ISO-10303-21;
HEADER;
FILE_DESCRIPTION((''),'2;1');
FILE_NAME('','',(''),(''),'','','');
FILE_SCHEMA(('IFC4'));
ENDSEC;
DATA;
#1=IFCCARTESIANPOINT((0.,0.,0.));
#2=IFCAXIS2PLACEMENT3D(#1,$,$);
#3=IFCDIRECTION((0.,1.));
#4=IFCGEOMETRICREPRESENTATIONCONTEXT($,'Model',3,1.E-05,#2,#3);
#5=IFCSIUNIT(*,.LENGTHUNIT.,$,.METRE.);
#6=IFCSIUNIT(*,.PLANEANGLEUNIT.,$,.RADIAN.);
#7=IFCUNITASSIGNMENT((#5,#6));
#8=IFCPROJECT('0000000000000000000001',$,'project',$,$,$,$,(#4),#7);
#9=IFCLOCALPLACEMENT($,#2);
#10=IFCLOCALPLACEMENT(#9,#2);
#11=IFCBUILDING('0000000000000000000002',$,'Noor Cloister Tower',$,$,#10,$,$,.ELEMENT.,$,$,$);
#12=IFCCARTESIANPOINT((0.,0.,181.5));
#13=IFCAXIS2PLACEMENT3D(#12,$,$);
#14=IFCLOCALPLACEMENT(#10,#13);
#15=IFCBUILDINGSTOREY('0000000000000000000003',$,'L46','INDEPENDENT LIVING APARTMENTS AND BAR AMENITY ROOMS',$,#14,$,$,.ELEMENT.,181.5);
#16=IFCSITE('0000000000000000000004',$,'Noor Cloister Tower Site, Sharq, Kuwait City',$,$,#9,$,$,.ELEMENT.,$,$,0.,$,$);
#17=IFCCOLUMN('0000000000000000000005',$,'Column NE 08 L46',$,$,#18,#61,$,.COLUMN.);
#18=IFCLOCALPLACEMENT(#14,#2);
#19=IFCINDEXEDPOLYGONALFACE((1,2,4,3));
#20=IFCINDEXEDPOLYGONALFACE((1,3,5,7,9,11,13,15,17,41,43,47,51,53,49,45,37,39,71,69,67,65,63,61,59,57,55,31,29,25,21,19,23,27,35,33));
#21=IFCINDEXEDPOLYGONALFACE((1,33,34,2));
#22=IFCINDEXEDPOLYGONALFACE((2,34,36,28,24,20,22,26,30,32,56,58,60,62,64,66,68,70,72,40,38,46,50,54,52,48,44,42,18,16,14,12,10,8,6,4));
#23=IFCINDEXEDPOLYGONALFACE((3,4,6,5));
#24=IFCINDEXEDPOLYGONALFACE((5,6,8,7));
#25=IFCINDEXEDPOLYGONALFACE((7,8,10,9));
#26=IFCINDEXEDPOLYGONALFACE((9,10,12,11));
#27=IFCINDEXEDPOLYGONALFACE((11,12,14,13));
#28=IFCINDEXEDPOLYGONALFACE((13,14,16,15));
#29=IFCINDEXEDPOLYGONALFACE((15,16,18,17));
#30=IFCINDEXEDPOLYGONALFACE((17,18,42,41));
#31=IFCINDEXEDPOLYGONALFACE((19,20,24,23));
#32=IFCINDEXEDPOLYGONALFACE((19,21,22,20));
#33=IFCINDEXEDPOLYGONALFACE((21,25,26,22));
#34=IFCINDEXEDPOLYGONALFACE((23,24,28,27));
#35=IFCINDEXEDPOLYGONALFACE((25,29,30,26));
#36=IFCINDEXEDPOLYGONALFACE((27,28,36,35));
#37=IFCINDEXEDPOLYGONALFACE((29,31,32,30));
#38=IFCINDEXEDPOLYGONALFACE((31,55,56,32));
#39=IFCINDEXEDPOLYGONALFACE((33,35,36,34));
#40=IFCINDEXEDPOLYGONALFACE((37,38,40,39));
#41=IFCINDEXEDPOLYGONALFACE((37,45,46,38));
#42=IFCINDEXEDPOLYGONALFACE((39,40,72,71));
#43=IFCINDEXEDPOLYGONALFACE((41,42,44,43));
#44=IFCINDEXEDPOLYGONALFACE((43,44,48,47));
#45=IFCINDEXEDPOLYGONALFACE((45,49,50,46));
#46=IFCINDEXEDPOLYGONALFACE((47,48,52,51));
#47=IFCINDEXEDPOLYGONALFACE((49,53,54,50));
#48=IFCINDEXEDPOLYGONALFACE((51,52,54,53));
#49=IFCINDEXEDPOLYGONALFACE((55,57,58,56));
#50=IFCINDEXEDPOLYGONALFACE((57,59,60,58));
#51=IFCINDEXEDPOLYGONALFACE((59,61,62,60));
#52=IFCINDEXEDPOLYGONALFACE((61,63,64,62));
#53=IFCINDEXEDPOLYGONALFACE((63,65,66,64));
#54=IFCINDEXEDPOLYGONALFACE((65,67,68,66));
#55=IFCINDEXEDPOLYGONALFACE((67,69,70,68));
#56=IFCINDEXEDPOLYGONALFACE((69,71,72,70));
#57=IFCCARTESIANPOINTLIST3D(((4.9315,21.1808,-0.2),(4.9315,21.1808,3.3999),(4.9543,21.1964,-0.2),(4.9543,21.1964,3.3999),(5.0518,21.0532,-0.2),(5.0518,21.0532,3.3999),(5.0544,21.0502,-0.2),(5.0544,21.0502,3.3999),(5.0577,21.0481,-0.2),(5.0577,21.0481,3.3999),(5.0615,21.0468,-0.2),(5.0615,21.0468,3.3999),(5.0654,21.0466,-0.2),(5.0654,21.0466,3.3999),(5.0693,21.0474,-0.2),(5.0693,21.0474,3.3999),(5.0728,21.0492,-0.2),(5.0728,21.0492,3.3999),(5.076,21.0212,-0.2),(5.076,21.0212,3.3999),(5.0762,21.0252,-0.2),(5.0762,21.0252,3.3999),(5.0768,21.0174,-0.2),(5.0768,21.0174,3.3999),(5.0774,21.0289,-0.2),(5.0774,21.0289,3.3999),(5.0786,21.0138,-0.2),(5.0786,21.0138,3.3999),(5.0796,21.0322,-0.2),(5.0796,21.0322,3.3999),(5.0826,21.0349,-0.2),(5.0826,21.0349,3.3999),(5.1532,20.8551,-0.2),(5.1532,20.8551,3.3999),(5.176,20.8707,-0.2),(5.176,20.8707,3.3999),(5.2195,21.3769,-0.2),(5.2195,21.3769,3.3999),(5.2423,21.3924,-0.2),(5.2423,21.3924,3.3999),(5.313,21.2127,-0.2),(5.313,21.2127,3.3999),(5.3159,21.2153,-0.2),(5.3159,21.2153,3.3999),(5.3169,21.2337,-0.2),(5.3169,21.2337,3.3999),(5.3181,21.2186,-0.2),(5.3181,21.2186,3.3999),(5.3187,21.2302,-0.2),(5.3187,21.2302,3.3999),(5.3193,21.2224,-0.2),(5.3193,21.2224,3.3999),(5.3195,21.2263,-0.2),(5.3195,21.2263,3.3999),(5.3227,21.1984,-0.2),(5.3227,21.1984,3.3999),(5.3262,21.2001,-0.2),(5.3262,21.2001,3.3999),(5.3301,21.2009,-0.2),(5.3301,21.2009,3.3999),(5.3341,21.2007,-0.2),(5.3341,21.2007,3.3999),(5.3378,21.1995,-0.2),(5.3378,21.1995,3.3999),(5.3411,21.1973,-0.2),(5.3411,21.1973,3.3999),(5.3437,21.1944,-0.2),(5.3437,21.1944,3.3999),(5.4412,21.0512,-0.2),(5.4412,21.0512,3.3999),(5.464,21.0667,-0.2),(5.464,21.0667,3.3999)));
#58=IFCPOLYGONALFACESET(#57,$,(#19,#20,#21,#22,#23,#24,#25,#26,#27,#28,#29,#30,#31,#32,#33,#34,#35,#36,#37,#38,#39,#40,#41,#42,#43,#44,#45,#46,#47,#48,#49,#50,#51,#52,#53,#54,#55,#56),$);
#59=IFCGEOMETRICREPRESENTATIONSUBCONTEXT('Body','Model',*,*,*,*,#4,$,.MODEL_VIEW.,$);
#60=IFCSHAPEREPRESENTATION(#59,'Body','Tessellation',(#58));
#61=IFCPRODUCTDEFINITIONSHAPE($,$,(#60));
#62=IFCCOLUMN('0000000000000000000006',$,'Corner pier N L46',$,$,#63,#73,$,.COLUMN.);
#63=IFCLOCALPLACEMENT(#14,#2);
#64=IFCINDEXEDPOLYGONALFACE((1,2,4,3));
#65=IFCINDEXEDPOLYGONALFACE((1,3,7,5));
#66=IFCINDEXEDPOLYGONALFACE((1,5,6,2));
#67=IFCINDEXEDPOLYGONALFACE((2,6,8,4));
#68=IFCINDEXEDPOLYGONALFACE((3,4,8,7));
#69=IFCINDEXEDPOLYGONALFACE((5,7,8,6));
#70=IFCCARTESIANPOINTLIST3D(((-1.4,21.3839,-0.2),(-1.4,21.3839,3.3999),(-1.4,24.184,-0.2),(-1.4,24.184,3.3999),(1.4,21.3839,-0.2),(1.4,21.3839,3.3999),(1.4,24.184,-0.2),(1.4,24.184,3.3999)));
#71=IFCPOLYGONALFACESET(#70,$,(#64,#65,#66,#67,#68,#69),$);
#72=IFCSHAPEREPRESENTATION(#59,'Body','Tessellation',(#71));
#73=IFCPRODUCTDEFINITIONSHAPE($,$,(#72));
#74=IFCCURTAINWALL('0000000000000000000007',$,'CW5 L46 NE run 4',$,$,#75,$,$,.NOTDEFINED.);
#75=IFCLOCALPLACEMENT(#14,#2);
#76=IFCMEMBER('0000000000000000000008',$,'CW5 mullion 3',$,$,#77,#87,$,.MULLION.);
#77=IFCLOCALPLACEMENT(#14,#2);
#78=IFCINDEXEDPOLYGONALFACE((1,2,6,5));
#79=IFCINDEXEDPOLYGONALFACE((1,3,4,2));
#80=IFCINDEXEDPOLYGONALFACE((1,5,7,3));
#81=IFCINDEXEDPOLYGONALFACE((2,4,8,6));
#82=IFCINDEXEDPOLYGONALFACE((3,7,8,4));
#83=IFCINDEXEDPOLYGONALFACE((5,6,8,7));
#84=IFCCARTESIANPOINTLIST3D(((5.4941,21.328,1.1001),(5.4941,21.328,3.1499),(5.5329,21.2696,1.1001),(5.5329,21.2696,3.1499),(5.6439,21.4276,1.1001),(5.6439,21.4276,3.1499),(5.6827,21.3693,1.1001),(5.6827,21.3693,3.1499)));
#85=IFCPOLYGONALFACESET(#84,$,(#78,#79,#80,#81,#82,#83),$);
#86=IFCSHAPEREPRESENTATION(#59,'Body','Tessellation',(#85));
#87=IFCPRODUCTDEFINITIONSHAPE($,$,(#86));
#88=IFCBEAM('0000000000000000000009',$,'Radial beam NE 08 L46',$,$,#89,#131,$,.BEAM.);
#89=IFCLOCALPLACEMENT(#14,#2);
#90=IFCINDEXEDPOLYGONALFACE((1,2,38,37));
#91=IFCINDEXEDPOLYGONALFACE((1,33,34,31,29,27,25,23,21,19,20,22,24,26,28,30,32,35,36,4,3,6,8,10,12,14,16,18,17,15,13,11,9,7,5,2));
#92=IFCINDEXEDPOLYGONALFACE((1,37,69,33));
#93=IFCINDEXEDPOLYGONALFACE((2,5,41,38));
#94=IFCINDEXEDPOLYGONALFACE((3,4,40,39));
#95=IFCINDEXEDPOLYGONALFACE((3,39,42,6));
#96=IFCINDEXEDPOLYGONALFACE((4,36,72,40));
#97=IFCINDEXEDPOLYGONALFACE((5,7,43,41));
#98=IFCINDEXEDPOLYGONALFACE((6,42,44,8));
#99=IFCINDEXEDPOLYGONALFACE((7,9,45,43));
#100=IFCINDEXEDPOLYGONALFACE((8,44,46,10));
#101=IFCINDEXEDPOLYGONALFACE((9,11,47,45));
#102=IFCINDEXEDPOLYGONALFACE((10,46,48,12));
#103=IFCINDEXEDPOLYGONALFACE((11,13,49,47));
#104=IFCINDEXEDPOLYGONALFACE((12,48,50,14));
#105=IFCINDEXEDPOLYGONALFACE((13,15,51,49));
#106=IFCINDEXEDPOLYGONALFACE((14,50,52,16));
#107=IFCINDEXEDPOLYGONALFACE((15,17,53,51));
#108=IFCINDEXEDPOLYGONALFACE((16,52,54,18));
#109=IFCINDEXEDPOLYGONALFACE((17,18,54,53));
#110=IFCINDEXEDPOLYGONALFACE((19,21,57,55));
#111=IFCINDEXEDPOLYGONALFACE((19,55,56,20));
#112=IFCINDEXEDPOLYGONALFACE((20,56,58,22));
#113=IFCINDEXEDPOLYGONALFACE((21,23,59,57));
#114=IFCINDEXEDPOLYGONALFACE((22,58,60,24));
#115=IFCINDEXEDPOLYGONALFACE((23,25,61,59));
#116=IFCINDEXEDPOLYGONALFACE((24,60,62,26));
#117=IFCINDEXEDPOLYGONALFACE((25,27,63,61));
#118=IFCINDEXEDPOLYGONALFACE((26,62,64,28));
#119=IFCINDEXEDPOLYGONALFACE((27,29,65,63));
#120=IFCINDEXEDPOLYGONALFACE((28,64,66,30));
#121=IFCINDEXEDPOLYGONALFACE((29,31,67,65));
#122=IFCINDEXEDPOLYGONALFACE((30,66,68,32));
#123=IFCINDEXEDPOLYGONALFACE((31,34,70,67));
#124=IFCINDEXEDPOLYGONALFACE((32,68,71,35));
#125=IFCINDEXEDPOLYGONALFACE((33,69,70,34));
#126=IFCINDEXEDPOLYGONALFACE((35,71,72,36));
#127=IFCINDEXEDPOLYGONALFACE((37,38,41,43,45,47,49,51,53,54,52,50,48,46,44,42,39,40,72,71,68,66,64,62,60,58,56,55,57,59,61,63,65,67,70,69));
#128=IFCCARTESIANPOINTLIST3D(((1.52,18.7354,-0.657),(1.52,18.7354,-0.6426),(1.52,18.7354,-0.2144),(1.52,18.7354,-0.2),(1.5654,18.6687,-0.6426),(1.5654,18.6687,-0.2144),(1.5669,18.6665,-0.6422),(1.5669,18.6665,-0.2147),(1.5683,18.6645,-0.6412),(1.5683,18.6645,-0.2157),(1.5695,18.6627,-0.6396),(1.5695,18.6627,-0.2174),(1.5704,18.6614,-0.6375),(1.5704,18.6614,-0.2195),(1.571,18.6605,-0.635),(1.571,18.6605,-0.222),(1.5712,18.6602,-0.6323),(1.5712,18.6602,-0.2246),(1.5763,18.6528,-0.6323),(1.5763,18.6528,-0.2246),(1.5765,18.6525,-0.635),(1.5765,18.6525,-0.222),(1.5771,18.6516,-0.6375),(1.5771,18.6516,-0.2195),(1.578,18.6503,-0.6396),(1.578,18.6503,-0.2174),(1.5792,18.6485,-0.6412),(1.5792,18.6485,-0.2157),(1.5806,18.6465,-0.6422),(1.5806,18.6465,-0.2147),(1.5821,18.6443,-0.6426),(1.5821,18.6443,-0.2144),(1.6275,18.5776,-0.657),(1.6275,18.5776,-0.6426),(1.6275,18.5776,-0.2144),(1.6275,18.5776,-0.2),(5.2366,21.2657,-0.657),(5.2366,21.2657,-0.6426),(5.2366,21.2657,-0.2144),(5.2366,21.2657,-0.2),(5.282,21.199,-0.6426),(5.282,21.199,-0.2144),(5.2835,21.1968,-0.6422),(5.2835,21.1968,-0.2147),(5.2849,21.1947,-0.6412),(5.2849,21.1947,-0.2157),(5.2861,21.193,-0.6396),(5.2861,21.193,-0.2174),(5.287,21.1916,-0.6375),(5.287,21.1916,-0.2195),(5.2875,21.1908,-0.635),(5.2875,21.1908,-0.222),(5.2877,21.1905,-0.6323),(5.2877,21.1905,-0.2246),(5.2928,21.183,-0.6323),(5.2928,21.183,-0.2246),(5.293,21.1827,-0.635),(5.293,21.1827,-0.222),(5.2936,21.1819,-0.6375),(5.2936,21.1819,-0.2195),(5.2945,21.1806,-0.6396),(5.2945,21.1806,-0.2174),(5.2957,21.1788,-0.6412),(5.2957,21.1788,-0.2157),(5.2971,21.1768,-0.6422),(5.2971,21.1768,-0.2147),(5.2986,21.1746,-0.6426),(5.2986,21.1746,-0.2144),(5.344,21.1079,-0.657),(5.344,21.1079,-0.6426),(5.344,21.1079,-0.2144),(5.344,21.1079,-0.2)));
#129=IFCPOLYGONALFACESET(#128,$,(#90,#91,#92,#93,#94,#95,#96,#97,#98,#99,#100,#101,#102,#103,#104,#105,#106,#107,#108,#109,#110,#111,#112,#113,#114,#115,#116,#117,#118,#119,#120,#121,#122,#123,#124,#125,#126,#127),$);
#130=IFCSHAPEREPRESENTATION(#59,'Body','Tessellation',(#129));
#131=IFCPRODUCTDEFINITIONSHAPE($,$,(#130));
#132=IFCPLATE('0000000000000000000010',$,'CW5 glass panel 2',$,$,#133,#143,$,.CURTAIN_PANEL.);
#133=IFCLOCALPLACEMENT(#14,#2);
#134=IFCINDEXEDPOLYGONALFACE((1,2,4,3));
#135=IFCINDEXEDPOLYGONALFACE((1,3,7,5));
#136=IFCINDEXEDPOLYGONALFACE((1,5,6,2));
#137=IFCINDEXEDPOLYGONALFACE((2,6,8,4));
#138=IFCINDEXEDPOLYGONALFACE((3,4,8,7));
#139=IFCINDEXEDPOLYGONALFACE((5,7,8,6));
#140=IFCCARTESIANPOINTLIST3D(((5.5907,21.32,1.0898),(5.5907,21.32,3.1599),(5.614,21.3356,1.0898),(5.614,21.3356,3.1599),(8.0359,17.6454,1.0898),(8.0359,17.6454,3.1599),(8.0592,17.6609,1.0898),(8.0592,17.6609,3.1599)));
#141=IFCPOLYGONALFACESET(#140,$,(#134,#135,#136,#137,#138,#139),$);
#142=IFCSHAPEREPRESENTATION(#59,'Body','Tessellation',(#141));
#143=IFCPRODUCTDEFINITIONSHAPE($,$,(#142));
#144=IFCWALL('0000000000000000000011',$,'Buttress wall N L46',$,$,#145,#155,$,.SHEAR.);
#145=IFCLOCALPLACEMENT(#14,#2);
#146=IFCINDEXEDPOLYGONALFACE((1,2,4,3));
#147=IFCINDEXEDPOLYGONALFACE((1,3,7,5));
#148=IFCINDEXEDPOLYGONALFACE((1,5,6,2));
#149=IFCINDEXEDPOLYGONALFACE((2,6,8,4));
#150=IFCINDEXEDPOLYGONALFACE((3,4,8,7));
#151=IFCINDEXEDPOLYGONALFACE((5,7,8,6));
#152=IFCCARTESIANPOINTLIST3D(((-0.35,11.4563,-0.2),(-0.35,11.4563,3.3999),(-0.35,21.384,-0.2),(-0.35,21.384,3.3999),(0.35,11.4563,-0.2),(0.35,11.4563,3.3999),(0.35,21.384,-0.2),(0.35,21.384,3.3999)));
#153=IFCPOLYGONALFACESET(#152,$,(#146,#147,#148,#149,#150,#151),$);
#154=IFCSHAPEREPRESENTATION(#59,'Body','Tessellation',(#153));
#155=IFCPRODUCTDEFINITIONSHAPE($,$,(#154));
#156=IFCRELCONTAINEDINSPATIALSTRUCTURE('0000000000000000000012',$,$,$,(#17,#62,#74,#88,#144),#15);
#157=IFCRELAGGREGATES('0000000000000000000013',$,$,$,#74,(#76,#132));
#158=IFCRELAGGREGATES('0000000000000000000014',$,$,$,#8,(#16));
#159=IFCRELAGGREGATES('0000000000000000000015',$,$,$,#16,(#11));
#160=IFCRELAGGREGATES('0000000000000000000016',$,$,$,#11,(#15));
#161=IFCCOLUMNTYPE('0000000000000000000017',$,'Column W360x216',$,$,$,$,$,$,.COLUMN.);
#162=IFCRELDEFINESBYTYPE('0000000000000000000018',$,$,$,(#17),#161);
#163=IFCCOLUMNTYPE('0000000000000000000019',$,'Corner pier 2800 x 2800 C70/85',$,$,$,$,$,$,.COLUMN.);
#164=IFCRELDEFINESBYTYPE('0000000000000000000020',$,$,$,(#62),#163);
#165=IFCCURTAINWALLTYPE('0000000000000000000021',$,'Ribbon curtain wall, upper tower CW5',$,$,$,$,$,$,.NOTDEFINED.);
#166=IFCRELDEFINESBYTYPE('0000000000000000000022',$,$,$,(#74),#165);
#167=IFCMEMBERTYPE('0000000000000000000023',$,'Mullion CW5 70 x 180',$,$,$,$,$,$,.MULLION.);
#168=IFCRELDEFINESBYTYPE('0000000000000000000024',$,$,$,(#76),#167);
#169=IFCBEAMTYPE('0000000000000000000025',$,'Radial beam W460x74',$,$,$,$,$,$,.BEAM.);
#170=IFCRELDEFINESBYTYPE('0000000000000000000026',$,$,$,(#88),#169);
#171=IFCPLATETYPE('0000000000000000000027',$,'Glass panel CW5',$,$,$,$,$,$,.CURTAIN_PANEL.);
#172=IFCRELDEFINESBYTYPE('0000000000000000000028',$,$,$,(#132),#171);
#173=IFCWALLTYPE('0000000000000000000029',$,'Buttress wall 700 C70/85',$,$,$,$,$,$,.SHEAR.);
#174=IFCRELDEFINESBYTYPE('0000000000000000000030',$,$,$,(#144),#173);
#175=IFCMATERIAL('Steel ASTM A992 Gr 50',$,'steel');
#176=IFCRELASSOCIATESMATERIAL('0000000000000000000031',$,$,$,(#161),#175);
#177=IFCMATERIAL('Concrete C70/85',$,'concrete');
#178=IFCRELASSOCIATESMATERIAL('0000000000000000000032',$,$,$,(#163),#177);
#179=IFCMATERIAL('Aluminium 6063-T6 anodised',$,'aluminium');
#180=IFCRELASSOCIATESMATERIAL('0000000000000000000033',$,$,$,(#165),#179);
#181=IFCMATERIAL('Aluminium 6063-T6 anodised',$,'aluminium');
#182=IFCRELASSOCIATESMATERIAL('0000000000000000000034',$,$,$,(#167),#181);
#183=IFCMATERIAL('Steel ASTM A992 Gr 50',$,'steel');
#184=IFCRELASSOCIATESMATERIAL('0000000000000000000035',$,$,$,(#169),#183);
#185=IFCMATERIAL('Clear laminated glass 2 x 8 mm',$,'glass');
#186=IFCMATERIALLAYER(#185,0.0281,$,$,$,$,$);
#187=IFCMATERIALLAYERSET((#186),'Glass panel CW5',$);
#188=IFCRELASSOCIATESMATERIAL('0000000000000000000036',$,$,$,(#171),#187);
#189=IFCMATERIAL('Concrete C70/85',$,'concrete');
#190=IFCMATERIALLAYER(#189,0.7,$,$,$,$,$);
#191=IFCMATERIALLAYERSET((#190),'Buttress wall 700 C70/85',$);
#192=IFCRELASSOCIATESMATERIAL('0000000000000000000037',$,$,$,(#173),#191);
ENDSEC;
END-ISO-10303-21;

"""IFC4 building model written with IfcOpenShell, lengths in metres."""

from ifc_helpers import new_model, si_unit, direction, frame, frame_2d, origin, origin_2d, place, context, subcontext, project, spatial, rectangle, i_section, extrude, material, layer, layer_set, material_profile, profile_set, type_object, element, aggregate, save


model = new_model("IFC4")

# Units and contexts
model_context = context("Model", 3, precision=1e-05, world=origin(), true_north=direction((0.0, 1.0)))
body_context = subcontext(model_context, "Body", "Model", "MODEL_VIEW")
ifc_project = project(units=[si_unit("LENGTHUNIT", "METRE"), si_unit("PLANEANGLEUNIT", "RADIAN")], contexts=[model_context])

# Site, building, storey
site_placement = place(None, origin())
site = spatial("IfcSite", under=ifc_project, at=site_placement, Name="Noor Cloister Tower Site, Sharq, Kuwait City", CompositionType="ELEMENT", RefElevation=0.0)
building_placement = place(site_placement, origin())
building = spatial("IfcBuilding", under=site, at=building_placement, Name="Noor Cloister Tower", CompositionType="ELEMENT")
storey_placement = place(building_placement, frame((0.0, 0.0, 181.5)))
storey = spatial("IfcBuildingStorey", under=building, at=storey_placement, Name="L46", Description="INDEPENDENT LIVING APARTMENTS AND BAR AMENITY ROOMS", CompositionType="ELEMENT", Elevation=181.5)

# Columns
ifc_material_1 = material(Name="Steel ASTM A992 Gr 50", Category="steel")
ifc_material_profile_1 = material_profile(ifc_material_1, i_section(OverallWidth=0.394, OverallDepth=0.376, WebThickness=0.0173, FlangeThickness=0.0276, FilletRadius=0.0151, at=origin_2d()), Name="W360x216")
ifc_profile_set_1 = profile_set([ifc_material_profile_1], Name="Steel ASTM A992 Gr 50")
column_type_1 = type_object("IfcColumnType", Name="Column W360x216", PredefinedType="COLUMN", material=ifc_profile_set_1)
column_1_placement = place(storey_placement, frame((5.1978, 21.1238, -0.2), z_axis=(0.0, 0.0, 1.0), x_axis=(-0.562771, 0.826613, 0.0)))
element("IfcColumn", 1, at=column_1_placement, inside=storey, type_object=column_type_1, Name="Column NE 08 L46", PredefinedType="COLUMN", context=body_context, shape_type="SweptSolid", body=[
    extrude(i_section(OverallWidth=0.394, OverallDepth=0.376, WebThickness=0.0173, FlangeThickness=0.0276, FilletRadius=0.0151, at=origin_2d()), origin(), (0.0, 0.0, 1.0), 3.5999),
])
ifc_material_2 = material(Name="Concrete C70/85", Category="concrete")
ifc_material_profile_2 = material_profile(ifc_material_2, rectangle(XDim=2.8, YDim=2.8, at=origin_2d()), Name="RC 2800x2800")
ifc_profile_set_2 = profile_set([ifc_material_profile_2], Name="Concrete C70/85")
column_type_2 = type_object("IfcColumnType", Name="Corner pier 2800 x 2800 C70/85", PredefinedType="COLUMN", material=ifc_profile_set_2)
column_2_placement = place(storey_placement, frame((0.0, 22.7839, -0.2), z_axis=(0.0, 0.0, 1.0), x_axis=(0.0, 1.0, 0.0)))
element("IfcColumn", 2, at=column_2_placement, inside=storey, type_object=column_type_2, Name="Corner pier N L46", PredefinedType="COLUMN", context=body_context, shape_type="SweptSolid", body=[
    extrude(rectangle(XDim=2.8, YDim=2.8, at=origin_2d()), origin(), (0.0, 0.0, 1.0), 3.5999),
])

# Curtain wall, member
ifc_material_3 = material(Name="Aluminium 6063-T6 anodised", Category="aluminium")
curtain_wall_type = type_object("IfcCurtainWallType", Name="Ribbon curtain wall, upper tower CW5", PredefinedType="NOTDEFINED", material=ifc_material_3)
curtain_wall_placement = place(storey_placement, origin())
curtain_wall = element("IfcCurtainWall", 3, at=curtain_wall_placement, inside=storey, type_object=curtain_wall_type, Name="CW5 L46 NE run 4", PredefinedType="NOTDEFINED")
ifc_material_4 = material(Name="Aluminium 6063-T6 anodised", Category="aluminium")
ifc_material_profile_3 = material_profile(ifc_material_4, rectangle(XDim=0.1799, YDim=0.0701, at=origin_2d()), Name="180 x 70 mullion")
ifc_profile_set_3 = profile_set([ifc_material_profile_3], Name="Aluminium 6063-T6 anodised")
member_type = type_object("IfcMemberType", Name="Mullion CW5 70 x 180", PredefinedType="MULLION", material=ifc_profile_set_3)
member_placement = place(storey_placement, frame((5.5884, 21.3486, 1.1001), z_axis=(0.0, 0.0, 1.0), x_axis=(-0.832527, -0.553985, 0.0)))
member = element("IfcMember", 4, at=member_placement, type_object=member_type, Name="CW5 mullion 3", PredefinedType="MULLION", context=body_context, shape_type="SweptSolid", body=[
    extrude(rectangle(XDim=0.1799, YDim=0.0701, at=origin_2d()), origin(), (0.0, 0.0, 1.0), 2.0498),
])

# Beam
ifc_material_5 = material(Name="Steel ASTM A992 Gr 50", Category="steel")
ifc_material_profile_4 = material_profile(ifc_material_5, i_section(OverallWidth=0.1909, OverallDepth=0.457, WebThickness=0.009, FlangeThickness=0.0144, FilletRadius=0.0103, at=origin_2d()), Name="W460x74")
ifc_profile_set_4 = profile_set([ifc_material_profile_4], Name="Steel ASTM A992 Gr 50")
beam_type = type_object("IfcBeamType", Name="Radial beam W460x74", PredefinedType="BEAM", material=ifc_profile_set_4)
beam_placement = place(storey_placement, frame((5.2903, 21.1868, -0.4285), z_axis=(-0.826614, -0.562769, 0.0), x_axis=(0.562769, -0.826614, 0.0)))
element("IfcBeam", 5, at=beam_placement, inside=storey, type_object=beam_type, Name="Radial beam NE 08 L46", PredefinedType="BEAM", context=body_context, shape_type="SweptSolid", body=[
    extrude(i_section(OverallWidth=0.1909, OverallDepth=0.457, WebThickness=0.009, FlangeThickness=0.0144, FilletRadius=0.0103, at=origin_2d()), origin(), (0.0, 0.0, 1.0), 4.4961),
])

# Plate
ifc_material_6 = material(Name="Clear laminated glass 2 x 8 mm", Category="glass")
ifc_layer_1 = layer(ifc_material_6, 0.0281)
ifc_layer_set_1 = layer_set([ifc_layer_1], Name="Glass panel CW5")
plate_type = type_object("IfcPlateType", Name="Glass panel CW5", PredefinedType="CURTAIN_PANEL", material=ifc_layer_set_1)
plate_placement = place(storey_placement, frame((6.825, 19.4905, 1.0898), z_axis=(0.0, 0.0, 1.0), x_axis=(-0.553985, 0.832527, 0.0)))
plate = element("IfcPlate", 6, at=plate_placement, type_object=plate_type, Name="CW5 glass panel 2", PredefinedType="CURTAIN_PANEL", context=body_context, shape_type="SweptSolid", body=[
    extrude(rectangle(XDim=4.4138, YDim=0.0281, at=origin_2d()), origin(), (0.0, 0.0, 1.0), 2.0701),
])
aggregate(curtain_wall, [member, plate])

# Wall
ifc_material_7 = material(Name="Concrete C70/85", Category="concrete")
ifc_layer_2 = layer(ifc_material_7, 0.7)
ifc_layer_set_2 = layer_set([ifc_layer_2], Name="Buttress wall 700 C70/85")
wall_type_1 = type_object("IfcWallType", Name="Buttress wall 700 C70/85", PredefinedType="SHEAR", material=ifc_layer_set_2)
wall_1_placement = place(storey_placement, frame((0.0, 11.4563, -0.2), z_axis=(0.0, 0.0, 1.0), x_axis=(0.0, 1.0, 0.0)))
element("IfcWall", 7, at=wall_1_placement, inside=storey, type_object=wall_type_1, Name="Buttress wall N L46", PredefinedType="SHEAR", context=body_context, shape_type="SweptSolid", body=[
    extrude(rectangle(XDim=9.9277, YDim=0.7, at=frame_2d((4.9639, 0.0))), origin(), (0.0, 0.0, 1.0), 3.5999),
])

save(model, "model.ifc")
